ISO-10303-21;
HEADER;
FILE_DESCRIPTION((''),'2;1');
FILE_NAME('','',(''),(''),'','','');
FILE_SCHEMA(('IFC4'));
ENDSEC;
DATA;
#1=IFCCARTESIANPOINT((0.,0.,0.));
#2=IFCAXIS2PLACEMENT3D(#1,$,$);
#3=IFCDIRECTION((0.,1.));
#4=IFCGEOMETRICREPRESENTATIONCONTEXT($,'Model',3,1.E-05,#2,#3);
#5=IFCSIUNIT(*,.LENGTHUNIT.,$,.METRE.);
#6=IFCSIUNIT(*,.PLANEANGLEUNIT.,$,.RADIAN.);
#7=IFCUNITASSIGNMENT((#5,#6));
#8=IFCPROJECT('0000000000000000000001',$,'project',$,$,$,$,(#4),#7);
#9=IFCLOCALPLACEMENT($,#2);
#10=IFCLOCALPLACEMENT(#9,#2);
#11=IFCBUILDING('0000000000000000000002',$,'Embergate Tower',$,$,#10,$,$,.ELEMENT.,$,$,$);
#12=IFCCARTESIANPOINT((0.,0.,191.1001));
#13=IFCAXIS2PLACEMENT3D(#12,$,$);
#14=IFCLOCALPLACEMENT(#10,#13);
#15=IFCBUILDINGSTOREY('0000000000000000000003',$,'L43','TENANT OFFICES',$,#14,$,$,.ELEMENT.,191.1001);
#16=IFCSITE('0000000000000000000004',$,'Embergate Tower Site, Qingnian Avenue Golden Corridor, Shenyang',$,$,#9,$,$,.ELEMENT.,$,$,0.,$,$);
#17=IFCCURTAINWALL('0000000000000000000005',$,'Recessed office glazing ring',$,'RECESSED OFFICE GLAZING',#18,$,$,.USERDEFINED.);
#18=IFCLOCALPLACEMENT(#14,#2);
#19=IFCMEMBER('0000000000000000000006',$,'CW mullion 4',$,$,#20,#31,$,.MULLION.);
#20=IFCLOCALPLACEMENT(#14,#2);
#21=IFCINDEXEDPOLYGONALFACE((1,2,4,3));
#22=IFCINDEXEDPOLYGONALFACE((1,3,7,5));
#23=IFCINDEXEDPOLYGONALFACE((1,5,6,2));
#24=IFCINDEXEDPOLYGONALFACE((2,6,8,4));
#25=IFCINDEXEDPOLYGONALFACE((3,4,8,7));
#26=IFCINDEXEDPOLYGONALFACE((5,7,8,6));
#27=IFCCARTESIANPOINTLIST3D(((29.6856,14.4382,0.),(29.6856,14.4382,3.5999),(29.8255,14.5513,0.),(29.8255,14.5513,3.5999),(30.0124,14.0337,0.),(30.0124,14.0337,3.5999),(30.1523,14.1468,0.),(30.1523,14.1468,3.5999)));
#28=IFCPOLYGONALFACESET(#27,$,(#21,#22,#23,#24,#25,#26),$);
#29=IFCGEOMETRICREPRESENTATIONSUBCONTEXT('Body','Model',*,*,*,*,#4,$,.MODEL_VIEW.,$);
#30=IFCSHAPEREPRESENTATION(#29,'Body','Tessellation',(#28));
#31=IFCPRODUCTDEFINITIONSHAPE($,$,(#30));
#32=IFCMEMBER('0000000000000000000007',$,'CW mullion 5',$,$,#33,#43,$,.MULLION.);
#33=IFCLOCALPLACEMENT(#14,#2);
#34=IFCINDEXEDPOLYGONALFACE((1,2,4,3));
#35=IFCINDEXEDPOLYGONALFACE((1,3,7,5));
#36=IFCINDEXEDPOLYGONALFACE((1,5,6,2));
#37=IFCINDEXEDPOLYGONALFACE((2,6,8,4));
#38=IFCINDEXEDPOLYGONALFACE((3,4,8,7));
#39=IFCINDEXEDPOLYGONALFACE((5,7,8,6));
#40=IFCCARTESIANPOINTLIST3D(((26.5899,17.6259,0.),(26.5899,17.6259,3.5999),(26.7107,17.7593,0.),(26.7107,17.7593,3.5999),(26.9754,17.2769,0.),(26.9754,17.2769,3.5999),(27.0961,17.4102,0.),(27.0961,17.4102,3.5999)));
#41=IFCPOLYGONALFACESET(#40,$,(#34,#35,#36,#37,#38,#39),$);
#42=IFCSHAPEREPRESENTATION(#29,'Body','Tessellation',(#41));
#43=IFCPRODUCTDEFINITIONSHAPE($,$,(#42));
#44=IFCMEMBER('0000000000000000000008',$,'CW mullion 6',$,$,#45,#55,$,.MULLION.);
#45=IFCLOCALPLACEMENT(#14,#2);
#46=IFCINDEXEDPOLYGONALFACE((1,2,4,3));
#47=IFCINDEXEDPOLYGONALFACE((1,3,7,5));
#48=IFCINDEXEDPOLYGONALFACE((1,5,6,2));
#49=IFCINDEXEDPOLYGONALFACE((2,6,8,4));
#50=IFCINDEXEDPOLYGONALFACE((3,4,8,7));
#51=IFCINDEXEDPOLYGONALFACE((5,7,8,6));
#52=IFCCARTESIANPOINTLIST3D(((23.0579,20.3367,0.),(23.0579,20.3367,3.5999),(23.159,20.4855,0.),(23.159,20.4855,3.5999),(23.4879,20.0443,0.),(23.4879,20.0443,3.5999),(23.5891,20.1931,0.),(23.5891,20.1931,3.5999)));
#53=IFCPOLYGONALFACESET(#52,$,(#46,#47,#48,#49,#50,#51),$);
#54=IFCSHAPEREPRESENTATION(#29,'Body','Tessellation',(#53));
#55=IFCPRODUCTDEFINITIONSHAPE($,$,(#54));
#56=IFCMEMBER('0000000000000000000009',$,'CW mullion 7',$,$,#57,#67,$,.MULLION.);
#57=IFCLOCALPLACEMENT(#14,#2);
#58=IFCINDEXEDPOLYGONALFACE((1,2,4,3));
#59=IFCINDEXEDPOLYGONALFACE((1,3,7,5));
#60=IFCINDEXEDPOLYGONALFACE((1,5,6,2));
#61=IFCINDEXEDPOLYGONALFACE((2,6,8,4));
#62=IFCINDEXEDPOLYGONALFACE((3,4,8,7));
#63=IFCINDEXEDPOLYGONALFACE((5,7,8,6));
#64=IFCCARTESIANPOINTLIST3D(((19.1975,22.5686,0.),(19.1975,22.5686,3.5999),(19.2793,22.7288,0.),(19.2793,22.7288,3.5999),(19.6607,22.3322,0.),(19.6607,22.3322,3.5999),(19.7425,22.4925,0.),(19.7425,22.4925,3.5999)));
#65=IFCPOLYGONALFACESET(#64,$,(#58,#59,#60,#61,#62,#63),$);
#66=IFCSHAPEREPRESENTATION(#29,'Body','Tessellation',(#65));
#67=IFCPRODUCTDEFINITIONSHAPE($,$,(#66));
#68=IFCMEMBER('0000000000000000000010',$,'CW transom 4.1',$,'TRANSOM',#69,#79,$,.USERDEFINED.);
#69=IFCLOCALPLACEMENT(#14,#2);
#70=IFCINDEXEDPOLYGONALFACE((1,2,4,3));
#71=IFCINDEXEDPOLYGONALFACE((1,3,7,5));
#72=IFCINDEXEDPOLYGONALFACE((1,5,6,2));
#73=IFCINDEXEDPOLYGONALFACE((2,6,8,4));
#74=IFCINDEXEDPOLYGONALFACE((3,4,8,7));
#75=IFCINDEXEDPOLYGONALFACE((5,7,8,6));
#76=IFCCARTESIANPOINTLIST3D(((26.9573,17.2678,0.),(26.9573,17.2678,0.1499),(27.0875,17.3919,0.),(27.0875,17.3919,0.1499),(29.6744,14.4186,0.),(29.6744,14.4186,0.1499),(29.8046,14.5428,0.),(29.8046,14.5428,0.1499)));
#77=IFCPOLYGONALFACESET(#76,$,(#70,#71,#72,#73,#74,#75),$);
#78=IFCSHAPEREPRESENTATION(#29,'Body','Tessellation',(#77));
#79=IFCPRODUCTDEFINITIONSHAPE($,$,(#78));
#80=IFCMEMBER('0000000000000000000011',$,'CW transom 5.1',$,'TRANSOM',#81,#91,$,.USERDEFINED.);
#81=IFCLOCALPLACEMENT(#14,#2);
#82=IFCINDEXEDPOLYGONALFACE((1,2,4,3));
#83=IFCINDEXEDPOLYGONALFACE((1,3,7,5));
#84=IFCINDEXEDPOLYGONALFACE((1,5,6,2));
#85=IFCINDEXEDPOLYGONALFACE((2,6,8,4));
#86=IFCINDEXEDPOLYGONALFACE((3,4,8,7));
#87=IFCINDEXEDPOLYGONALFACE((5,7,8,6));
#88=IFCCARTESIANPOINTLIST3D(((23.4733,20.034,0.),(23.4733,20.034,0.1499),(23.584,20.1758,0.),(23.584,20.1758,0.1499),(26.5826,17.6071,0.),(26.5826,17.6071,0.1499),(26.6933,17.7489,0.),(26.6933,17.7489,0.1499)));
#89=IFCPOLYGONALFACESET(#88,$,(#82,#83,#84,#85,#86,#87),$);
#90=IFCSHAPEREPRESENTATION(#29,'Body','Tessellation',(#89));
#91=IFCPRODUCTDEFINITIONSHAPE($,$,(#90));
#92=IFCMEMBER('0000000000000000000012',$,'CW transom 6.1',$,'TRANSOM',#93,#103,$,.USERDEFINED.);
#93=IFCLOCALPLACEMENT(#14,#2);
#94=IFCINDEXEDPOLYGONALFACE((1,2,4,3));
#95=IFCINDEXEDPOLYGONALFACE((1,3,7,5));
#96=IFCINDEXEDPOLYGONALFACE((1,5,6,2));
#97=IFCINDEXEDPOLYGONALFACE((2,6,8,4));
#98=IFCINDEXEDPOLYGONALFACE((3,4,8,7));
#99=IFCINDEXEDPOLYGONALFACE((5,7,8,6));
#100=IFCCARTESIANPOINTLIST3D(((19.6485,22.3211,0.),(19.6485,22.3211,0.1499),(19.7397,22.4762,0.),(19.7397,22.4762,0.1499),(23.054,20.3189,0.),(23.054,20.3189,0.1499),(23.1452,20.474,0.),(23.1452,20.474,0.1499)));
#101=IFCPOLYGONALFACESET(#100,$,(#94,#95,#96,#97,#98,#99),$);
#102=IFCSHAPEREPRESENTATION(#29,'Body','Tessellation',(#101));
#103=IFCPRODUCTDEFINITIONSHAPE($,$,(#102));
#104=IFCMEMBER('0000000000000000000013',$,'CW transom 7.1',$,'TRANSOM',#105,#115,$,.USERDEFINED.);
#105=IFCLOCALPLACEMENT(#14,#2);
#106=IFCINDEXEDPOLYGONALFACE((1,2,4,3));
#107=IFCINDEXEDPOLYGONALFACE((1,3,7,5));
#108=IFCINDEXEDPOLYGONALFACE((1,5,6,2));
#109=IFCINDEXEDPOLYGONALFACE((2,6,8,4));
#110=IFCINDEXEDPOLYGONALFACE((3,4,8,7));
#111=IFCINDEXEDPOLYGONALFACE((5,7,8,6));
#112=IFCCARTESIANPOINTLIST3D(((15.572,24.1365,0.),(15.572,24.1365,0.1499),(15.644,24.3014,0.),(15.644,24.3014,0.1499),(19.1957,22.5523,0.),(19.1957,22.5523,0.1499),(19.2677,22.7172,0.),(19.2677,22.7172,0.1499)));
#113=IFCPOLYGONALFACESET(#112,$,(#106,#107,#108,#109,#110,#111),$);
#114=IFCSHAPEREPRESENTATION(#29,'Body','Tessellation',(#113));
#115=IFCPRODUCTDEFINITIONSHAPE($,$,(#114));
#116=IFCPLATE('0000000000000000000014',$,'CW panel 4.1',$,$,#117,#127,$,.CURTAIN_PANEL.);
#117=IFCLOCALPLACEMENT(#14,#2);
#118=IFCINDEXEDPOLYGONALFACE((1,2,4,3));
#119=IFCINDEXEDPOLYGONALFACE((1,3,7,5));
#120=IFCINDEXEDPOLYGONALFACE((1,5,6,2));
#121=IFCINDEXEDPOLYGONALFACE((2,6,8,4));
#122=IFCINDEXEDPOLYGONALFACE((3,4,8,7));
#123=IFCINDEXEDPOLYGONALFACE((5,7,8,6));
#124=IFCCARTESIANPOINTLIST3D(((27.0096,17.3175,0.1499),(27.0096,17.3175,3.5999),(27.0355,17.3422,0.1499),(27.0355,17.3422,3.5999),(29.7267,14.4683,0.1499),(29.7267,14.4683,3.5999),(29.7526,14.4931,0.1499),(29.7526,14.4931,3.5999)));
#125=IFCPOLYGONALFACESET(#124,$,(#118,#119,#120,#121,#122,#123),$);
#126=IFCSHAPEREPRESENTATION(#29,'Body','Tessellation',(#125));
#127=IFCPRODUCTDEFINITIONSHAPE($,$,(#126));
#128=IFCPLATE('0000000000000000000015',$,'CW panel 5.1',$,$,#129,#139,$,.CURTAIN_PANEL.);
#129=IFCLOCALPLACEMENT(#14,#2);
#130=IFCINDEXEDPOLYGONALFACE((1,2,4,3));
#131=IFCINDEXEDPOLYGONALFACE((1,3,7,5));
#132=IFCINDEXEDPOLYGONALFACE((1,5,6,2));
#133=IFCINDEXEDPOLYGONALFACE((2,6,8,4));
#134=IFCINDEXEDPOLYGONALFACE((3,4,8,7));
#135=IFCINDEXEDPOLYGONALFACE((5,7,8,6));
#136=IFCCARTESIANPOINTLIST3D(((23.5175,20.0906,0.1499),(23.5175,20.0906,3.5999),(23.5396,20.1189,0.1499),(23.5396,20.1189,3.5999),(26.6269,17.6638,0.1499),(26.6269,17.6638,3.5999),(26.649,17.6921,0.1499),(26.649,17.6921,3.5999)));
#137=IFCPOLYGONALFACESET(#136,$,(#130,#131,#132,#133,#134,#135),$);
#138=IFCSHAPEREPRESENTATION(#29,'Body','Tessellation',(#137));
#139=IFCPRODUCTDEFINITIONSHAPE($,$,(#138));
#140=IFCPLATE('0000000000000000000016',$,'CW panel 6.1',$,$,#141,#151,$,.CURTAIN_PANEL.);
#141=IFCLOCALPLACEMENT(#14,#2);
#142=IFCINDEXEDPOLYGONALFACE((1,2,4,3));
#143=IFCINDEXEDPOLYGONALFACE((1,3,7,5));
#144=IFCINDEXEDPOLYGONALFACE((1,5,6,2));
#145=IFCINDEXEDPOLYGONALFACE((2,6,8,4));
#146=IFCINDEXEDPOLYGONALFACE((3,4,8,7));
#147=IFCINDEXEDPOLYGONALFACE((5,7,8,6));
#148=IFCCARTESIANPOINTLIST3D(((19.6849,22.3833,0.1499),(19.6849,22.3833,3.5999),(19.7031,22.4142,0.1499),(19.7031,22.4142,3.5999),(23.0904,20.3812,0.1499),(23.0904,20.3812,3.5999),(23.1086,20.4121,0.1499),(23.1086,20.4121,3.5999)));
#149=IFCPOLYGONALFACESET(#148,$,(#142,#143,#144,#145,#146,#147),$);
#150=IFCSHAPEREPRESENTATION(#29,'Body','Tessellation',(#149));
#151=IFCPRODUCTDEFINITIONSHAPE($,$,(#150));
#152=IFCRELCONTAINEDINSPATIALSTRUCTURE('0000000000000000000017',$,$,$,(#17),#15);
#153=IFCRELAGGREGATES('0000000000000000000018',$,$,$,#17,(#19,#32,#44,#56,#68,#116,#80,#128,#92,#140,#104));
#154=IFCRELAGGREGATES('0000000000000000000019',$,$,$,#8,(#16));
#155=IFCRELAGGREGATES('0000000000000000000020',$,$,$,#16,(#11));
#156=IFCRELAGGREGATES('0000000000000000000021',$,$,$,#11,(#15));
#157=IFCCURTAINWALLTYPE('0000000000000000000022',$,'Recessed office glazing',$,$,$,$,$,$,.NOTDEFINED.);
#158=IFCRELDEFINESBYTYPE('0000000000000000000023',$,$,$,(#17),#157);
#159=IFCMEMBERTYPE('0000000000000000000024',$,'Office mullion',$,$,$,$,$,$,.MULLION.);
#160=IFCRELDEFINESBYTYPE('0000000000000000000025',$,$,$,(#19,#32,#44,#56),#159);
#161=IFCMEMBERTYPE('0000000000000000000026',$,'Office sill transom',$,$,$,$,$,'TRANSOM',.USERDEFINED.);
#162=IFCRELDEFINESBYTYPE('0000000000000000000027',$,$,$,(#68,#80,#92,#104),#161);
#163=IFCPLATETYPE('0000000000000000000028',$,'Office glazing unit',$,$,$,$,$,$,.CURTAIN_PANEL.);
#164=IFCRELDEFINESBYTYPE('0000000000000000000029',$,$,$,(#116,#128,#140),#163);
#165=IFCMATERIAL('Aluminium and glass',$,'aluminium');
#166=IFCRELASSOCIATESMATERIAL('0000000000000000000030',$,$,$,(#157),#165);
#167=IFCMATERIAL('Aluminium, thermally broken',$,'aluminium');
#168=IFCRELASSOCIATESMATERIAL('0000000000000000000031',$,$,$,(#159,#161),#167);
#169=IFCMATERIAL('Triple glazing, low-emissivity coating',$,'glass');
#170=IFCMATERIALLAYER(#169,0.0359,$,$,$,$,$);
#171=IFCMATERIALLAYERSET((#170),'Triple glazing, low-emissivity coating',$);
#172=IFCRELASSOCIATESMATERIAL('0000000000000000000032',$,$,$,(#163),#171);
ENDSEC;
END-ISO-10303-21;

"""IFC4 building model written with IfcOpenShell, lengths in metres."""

from ifc_helpers import new_model, si_unit, direction, frame, origin, origin_2d, place, context, subcontext, project, spatial, rectangle, extrude, source, transform, mapped, material, layer, layer_set, material_profile, profile_set, type_object, element, aggregate, save


model = new_model("IFC4")

# Units and contexts
model_context = context("Model", 3, precision=1e-05, world=origin(), true_north=direction((0.0, 1.0)))
body_context = subcontext(model_context, "Body", "Model", "MODEL_VIEW")
ifc_project = project(units=[si_unit("LENGTHUNIT", "METRE"), si_unit("PLANEANGLEUNIT", "RADIAN")], contexts=[model_context])

# Site, building, storey
site_placement = place(None, origin())
site = spatial("IfcSite", under=ifc_project, at=site_placement, Name="Embergate Tower Site, Qingnian Avenue Golden Corridor, Shenyang", CompositionType="ELEMENT", RefElevation=0.0)
building_placement = place(site_placement, origin())
building = spatial("IfcBuilding", under=site, at=building_placement, Name="Embergate Tower", CompositionType="ELEMENT")
storey_placement = place(building_placement, frame((0.0, 0.0, 191.1001)))
storey = spatial("IfcBuildingStorey", under=building, at=storey_placement, Name="L43", Description="TENANT OFFICES", CompositionType="ELEMENT", Elevation=191.1001)

# Curtain wall, members, plates
ifc_material_1 = material(Name="Aluminium and glass", Category="aluminium")
curtain_wall_type = type_object("IfcCurtainWallType", Name="Recessed office glazing", PredefinedType="NOTDEFINED", material=ifc_material_1)
curtain_wall_placement = place(storey_placement, origin())
curtain_wall = element("IfcCurtainWall", 1, at=curtain_wall_placement, inside=storey, type_object=curtain_wall_type, Name="Recessed office glazing ring", ObjectType="RECESSED OFFICE GLAZING", PredefinedType="USERDEFINED")
ifc_material_2 = material(Name="Aluminium, thermally broken", Category="aluminium")
ifc_material_profile_1 = material_profile(ifc_material_2, rectangle(XDim=0.1799, YDim=0.52, at=origin_2d()), Name="AL 520x180")
ifc_profile_set_1 = profile_set([ifc_material_profile_1], Name="Aluminium, thermally broken")
member_type_1 = type_object("IfcMemberType", Name="Office mullion", PredefinedType="MULLION", material=ifc_profile_set_1)
shared_shape_1 = source(origin(), body_context, "Body", "SweptSolid", [
    extrude(rectangle(XDim=0.1799, YDim=0.52, at=origin_2d()), origin(), (0.0, 0.0, 1.0), 3.5999),
])
member_1_placement = place(storey_placement, frame((29.9189, 14.2925, 0.0), z_axis=(0.0, 0.0, 1.0), x_axis=(-0.777869, -0.628426, 0.0)))
member_1 = element("IfcMember", 2, at=member_1_placement, type_object=member_type_1, Name="CW mullion 4", PredefinedType="MULLION", context=body_context, shape_type="MappedRepresentation", body=[
    mapped(shared_shape_1, transform((0.0, 0.0, 0.0))),
])
member_2_placement = place(storey_placement, frame((26.843, 17.5181, 0.0), z_axis=(0.0, 0.0, 1.0), x_axis=(-0.671223, -0.741256, 0.0)))
member_2 = element("IfcMember", 3, at=member_2_placement, type_object=member_type_1, Name="CW mullion 5", PredefinedType="MULLION", context=body_context, shape_type="MappedRepresentation", body=[
    mapped(shared_shape_1, transform((0.0, 0.0, 0.0))),
])
member_3_placement = place(storey_placement, frame((23.3235, 20.2649, 0.0), z_axis=(0.0, 0.0, 1.0), x_axis=(-0.562213, -0.826992, 0.0)))
member_3 = element("IfcMember", 4, at=member_3_placement, type_object=member_type_1, Name="CW mullion 6", PredefinedType="MULLION", context=body_context, shape_type="MappedRepresentation", body=[
    mapped(shared_shape_1, transform((0.0, 0.0, 0.0))),
])
member_4_placement = place(storey_placement, frame((19.47, 22.5305, 0.0), z_axis=(0.0, 0.0, 1.0), x_axis=(-0.454507, -0.890743, 0.0)))
member_4 = element("IfcMember", 5, at=member_4_placement, type_object=member_type_1, Name="CW mullion 7", PredefinedType="MULLION", context=body_context, shape_type="MappedRepresentation", body=[
    mapped(shared_shape_1, transform((0.0, 0.0, 0.0))),
])
ifc_material_profile_2 = material_profile(ifc_material_2, rectangle(XDim=0.1799, YDim=0.1499, at=origin_2d()), Name="AL 150x180")
ifc_profile_set_2 = profile_set([ifc_material_profile_2], Name="Aluminium, thermally broken")
member_type_2 = type_object("IfcMemberType", Name="Office sill transom", ElementType="TRANSOM", PredefinedType="USERDEFINED", material=ifc_profile_set_2)
shared_shape_2 = source(origin(), body_context, "Body", "SweptSolid", [
    extrude(rectangle(XDim=0.1799, YDim=0.1499, at=origin_2d()), origin(), (0.0, 0.0, 1.0), 3.937),
])
member_5_placement = place(storey_placement, frame((29.7395, 14.4807, 0.075), z_axis=(-0.690133, 0.723682, 0.0), x_axis=(-0.723682, -0.690133, 0.0)))
member_5 = element("IfcMember", 6, at=member_5_placement, type_object=member_type_2, Name="CW transom 4.1", ObjectType="TRANSOM", PredefinedType="USERDEFINED", context=body_context, shape_type="MappedRepresentation", body=[
    mapped(shared_shape_2, transform((0.0, 0.0, 0.0))),
])
shared_shape_3 = source(origin(), body_context, "Body", "SweptSolid", [
    extrude(rectangle(XDim=0.1799, YDim=0.1499, at=origin_2d()), origin(), (0.0, 0.0, 1.0), 3.9443),
])
member_6_placement = place(storey_placement, frame((26.6379, 17.678, 0.075), z_axis=(-0.788295, 0.615298, 0.0), x_axis=(-0.615298, -0.788295, 0.0)))
member_6 = element("IfcMember", 7, at=member_6_placement, type_object=member_type_2, Name="CW transom 5.1", ObjectType="TRANSOM", PredefinedType="USERDEFINED", context=body_context, shape_type="MappedRepresentation", body=[
    mapped(shared_shape_3, transform((0.0, 0.0, 0.0))),
])
shared_shape_4 = source(origin(), body_context, "Body", "SweptSolid", [
    extrude(rectangle(XDim=0.1799, YDim=0.1499, at=origin_2d()), origin(), (0.0, 0.0, 1.0), 3.9504),
])
member_7_placement = place(storey_placement, frame((23.0996, 20.3965, 0.075), z_axis=(-0.86205, 0.506823, 0.0), x_axis=(-0.506823, -0.86205, 0.0)))
member_7 = element("IfcMember", 8, at=member_7_placement, type_object=member_type_2, Name="CW transom 6.1", ObjectType="TRANSOM", PredefinedType="USERDEFINED", context=body_context, shape_type="MappedRepresentation", body=[
    mapped(shared_shape_4, transform((0.0, 0.0, 0.0))),
])
shared_shape_5 = source(origin(), body_context, "Body", "SweptSolid", [
    extrude(rectangle(XDim=0.1799, YDim=0.1499, at=origin_2d()), origin(), (0.0, 0.0, 1.0), 3.9548),
])
member_8_placement = place(storey_placement, frame((19.2317, 22.6348, 0.075), z_axis=(-0.916266, 0.400569, 0.0), x_axis=(-0.400569, -0.916266, 0.0)))
member_8 = element("IfcMember", 9, at=member_8_placement, type_object=member_type_2, Name="CW transom 7.1", ObjectType="TRANSOM", PredefinedType="USERDEFINED", context=body_context, shape_type="MappedRepresentation", body=[
    mapped(shared_shape_5, transform((0.0, 0.0, 0.0))),
])
ifc_material_3 = material(Name="Triple glazing, low-emissivity coating", Category="glass")
ifc_layer_1 = layer(ifc_material_3, 0.0359)
ifc_layer_set_1 = layer_set([ifc_layer_1], Name="Triple glazing, low-emissivity coating")
plate_type = type_object("IfcPlateType", Name="Office glazing unit", PredefinedType="CURTAIN_PANEL", material=ifc_layer_set_1)
shared_shape_6 = source(origin(), body_context, "Body", "SweptSolid", [
    extrude(rectangle(XDim=3.937, YDim=0.0359, at=origin_2d()), origin(), (0.0, 0.0, 1.0), 3.45),
])
plate_1_placement = place(storey_placement, frame((28.3811, 15.9053, 0.1499), z_axis=(0.0, 0.0, 1.0), x_axis=(-0.690138, 0.723678, 0.0)))
plate_1 = element("IfcPlate", 10, at=plate_1_placement, type_object=plate_type, Name="CW panel 4.1", PredefinedType="CURTAIN_PANEL", context=body_context, shape_type="MappedRepresentation", body=[
    mapped(shared_shape_6, transform((0.0, 0.0, 0.0))),
])
shared_shape_7 = source(origin(), body_context, "Body", "SweptSolid", [
    extrude(rectangle(XDim=3.9443, YDim=0.0359, at=origin_2d()), origin(), (0.0, 0.0, 1.0), 3.45),
])
plate_2_placement = place(storey_placement, frame((25.0833, 18.8914, 0.1499), z_axis=(0.0, 0.0, 1.0), x_axis=(-0.788322, 0.615263, 0.0)))
plate_2 = element("IfcPlate", 11, at=plate_2_placement, type_object=plate_type, Name="CW panel 5.1", PredefinedType="CURTAIN_PANEL", context=body_context, shape_type="MappedRepresentation", body=[
    mapped(shared_shape_7, transform((0.0, 0.0, 0.0))),
])
shared_shape_8 = source(origin(), body_context, "Body", "SweptSolid", [
    extrude(rectangle(XDim=3.9504, YDim=0.0359, at=origin_2d()), origin(), (0.0, 0.0, 1.0), 3.45),
])
plate_3_placement = place(storey_placement, frame((21.3967, 21.3977, 0.1499), z_axis=(0.0, 0.0, 1.0), x_axis=(-0.862054, 0.506816, 0.0)))
plate_3 = element("IfcPlate", 12, at=plate_3_placement, type_object=plate_type, Name="CW panel 6.1", PredefinedType="CURTAIN_PANEL", context=body_context, shape_type="MappedRepresentation", body=[
    mapped(shared_shape_8, transform((0.0, 0.0, 0.0))),
])
aggregate(curtain_wall, [member_1, member_2, member_3, member_4, member_5, plate_1, member_6, plate_2, member_7, plate_3, member_8])

save(model, "model.ifc")
